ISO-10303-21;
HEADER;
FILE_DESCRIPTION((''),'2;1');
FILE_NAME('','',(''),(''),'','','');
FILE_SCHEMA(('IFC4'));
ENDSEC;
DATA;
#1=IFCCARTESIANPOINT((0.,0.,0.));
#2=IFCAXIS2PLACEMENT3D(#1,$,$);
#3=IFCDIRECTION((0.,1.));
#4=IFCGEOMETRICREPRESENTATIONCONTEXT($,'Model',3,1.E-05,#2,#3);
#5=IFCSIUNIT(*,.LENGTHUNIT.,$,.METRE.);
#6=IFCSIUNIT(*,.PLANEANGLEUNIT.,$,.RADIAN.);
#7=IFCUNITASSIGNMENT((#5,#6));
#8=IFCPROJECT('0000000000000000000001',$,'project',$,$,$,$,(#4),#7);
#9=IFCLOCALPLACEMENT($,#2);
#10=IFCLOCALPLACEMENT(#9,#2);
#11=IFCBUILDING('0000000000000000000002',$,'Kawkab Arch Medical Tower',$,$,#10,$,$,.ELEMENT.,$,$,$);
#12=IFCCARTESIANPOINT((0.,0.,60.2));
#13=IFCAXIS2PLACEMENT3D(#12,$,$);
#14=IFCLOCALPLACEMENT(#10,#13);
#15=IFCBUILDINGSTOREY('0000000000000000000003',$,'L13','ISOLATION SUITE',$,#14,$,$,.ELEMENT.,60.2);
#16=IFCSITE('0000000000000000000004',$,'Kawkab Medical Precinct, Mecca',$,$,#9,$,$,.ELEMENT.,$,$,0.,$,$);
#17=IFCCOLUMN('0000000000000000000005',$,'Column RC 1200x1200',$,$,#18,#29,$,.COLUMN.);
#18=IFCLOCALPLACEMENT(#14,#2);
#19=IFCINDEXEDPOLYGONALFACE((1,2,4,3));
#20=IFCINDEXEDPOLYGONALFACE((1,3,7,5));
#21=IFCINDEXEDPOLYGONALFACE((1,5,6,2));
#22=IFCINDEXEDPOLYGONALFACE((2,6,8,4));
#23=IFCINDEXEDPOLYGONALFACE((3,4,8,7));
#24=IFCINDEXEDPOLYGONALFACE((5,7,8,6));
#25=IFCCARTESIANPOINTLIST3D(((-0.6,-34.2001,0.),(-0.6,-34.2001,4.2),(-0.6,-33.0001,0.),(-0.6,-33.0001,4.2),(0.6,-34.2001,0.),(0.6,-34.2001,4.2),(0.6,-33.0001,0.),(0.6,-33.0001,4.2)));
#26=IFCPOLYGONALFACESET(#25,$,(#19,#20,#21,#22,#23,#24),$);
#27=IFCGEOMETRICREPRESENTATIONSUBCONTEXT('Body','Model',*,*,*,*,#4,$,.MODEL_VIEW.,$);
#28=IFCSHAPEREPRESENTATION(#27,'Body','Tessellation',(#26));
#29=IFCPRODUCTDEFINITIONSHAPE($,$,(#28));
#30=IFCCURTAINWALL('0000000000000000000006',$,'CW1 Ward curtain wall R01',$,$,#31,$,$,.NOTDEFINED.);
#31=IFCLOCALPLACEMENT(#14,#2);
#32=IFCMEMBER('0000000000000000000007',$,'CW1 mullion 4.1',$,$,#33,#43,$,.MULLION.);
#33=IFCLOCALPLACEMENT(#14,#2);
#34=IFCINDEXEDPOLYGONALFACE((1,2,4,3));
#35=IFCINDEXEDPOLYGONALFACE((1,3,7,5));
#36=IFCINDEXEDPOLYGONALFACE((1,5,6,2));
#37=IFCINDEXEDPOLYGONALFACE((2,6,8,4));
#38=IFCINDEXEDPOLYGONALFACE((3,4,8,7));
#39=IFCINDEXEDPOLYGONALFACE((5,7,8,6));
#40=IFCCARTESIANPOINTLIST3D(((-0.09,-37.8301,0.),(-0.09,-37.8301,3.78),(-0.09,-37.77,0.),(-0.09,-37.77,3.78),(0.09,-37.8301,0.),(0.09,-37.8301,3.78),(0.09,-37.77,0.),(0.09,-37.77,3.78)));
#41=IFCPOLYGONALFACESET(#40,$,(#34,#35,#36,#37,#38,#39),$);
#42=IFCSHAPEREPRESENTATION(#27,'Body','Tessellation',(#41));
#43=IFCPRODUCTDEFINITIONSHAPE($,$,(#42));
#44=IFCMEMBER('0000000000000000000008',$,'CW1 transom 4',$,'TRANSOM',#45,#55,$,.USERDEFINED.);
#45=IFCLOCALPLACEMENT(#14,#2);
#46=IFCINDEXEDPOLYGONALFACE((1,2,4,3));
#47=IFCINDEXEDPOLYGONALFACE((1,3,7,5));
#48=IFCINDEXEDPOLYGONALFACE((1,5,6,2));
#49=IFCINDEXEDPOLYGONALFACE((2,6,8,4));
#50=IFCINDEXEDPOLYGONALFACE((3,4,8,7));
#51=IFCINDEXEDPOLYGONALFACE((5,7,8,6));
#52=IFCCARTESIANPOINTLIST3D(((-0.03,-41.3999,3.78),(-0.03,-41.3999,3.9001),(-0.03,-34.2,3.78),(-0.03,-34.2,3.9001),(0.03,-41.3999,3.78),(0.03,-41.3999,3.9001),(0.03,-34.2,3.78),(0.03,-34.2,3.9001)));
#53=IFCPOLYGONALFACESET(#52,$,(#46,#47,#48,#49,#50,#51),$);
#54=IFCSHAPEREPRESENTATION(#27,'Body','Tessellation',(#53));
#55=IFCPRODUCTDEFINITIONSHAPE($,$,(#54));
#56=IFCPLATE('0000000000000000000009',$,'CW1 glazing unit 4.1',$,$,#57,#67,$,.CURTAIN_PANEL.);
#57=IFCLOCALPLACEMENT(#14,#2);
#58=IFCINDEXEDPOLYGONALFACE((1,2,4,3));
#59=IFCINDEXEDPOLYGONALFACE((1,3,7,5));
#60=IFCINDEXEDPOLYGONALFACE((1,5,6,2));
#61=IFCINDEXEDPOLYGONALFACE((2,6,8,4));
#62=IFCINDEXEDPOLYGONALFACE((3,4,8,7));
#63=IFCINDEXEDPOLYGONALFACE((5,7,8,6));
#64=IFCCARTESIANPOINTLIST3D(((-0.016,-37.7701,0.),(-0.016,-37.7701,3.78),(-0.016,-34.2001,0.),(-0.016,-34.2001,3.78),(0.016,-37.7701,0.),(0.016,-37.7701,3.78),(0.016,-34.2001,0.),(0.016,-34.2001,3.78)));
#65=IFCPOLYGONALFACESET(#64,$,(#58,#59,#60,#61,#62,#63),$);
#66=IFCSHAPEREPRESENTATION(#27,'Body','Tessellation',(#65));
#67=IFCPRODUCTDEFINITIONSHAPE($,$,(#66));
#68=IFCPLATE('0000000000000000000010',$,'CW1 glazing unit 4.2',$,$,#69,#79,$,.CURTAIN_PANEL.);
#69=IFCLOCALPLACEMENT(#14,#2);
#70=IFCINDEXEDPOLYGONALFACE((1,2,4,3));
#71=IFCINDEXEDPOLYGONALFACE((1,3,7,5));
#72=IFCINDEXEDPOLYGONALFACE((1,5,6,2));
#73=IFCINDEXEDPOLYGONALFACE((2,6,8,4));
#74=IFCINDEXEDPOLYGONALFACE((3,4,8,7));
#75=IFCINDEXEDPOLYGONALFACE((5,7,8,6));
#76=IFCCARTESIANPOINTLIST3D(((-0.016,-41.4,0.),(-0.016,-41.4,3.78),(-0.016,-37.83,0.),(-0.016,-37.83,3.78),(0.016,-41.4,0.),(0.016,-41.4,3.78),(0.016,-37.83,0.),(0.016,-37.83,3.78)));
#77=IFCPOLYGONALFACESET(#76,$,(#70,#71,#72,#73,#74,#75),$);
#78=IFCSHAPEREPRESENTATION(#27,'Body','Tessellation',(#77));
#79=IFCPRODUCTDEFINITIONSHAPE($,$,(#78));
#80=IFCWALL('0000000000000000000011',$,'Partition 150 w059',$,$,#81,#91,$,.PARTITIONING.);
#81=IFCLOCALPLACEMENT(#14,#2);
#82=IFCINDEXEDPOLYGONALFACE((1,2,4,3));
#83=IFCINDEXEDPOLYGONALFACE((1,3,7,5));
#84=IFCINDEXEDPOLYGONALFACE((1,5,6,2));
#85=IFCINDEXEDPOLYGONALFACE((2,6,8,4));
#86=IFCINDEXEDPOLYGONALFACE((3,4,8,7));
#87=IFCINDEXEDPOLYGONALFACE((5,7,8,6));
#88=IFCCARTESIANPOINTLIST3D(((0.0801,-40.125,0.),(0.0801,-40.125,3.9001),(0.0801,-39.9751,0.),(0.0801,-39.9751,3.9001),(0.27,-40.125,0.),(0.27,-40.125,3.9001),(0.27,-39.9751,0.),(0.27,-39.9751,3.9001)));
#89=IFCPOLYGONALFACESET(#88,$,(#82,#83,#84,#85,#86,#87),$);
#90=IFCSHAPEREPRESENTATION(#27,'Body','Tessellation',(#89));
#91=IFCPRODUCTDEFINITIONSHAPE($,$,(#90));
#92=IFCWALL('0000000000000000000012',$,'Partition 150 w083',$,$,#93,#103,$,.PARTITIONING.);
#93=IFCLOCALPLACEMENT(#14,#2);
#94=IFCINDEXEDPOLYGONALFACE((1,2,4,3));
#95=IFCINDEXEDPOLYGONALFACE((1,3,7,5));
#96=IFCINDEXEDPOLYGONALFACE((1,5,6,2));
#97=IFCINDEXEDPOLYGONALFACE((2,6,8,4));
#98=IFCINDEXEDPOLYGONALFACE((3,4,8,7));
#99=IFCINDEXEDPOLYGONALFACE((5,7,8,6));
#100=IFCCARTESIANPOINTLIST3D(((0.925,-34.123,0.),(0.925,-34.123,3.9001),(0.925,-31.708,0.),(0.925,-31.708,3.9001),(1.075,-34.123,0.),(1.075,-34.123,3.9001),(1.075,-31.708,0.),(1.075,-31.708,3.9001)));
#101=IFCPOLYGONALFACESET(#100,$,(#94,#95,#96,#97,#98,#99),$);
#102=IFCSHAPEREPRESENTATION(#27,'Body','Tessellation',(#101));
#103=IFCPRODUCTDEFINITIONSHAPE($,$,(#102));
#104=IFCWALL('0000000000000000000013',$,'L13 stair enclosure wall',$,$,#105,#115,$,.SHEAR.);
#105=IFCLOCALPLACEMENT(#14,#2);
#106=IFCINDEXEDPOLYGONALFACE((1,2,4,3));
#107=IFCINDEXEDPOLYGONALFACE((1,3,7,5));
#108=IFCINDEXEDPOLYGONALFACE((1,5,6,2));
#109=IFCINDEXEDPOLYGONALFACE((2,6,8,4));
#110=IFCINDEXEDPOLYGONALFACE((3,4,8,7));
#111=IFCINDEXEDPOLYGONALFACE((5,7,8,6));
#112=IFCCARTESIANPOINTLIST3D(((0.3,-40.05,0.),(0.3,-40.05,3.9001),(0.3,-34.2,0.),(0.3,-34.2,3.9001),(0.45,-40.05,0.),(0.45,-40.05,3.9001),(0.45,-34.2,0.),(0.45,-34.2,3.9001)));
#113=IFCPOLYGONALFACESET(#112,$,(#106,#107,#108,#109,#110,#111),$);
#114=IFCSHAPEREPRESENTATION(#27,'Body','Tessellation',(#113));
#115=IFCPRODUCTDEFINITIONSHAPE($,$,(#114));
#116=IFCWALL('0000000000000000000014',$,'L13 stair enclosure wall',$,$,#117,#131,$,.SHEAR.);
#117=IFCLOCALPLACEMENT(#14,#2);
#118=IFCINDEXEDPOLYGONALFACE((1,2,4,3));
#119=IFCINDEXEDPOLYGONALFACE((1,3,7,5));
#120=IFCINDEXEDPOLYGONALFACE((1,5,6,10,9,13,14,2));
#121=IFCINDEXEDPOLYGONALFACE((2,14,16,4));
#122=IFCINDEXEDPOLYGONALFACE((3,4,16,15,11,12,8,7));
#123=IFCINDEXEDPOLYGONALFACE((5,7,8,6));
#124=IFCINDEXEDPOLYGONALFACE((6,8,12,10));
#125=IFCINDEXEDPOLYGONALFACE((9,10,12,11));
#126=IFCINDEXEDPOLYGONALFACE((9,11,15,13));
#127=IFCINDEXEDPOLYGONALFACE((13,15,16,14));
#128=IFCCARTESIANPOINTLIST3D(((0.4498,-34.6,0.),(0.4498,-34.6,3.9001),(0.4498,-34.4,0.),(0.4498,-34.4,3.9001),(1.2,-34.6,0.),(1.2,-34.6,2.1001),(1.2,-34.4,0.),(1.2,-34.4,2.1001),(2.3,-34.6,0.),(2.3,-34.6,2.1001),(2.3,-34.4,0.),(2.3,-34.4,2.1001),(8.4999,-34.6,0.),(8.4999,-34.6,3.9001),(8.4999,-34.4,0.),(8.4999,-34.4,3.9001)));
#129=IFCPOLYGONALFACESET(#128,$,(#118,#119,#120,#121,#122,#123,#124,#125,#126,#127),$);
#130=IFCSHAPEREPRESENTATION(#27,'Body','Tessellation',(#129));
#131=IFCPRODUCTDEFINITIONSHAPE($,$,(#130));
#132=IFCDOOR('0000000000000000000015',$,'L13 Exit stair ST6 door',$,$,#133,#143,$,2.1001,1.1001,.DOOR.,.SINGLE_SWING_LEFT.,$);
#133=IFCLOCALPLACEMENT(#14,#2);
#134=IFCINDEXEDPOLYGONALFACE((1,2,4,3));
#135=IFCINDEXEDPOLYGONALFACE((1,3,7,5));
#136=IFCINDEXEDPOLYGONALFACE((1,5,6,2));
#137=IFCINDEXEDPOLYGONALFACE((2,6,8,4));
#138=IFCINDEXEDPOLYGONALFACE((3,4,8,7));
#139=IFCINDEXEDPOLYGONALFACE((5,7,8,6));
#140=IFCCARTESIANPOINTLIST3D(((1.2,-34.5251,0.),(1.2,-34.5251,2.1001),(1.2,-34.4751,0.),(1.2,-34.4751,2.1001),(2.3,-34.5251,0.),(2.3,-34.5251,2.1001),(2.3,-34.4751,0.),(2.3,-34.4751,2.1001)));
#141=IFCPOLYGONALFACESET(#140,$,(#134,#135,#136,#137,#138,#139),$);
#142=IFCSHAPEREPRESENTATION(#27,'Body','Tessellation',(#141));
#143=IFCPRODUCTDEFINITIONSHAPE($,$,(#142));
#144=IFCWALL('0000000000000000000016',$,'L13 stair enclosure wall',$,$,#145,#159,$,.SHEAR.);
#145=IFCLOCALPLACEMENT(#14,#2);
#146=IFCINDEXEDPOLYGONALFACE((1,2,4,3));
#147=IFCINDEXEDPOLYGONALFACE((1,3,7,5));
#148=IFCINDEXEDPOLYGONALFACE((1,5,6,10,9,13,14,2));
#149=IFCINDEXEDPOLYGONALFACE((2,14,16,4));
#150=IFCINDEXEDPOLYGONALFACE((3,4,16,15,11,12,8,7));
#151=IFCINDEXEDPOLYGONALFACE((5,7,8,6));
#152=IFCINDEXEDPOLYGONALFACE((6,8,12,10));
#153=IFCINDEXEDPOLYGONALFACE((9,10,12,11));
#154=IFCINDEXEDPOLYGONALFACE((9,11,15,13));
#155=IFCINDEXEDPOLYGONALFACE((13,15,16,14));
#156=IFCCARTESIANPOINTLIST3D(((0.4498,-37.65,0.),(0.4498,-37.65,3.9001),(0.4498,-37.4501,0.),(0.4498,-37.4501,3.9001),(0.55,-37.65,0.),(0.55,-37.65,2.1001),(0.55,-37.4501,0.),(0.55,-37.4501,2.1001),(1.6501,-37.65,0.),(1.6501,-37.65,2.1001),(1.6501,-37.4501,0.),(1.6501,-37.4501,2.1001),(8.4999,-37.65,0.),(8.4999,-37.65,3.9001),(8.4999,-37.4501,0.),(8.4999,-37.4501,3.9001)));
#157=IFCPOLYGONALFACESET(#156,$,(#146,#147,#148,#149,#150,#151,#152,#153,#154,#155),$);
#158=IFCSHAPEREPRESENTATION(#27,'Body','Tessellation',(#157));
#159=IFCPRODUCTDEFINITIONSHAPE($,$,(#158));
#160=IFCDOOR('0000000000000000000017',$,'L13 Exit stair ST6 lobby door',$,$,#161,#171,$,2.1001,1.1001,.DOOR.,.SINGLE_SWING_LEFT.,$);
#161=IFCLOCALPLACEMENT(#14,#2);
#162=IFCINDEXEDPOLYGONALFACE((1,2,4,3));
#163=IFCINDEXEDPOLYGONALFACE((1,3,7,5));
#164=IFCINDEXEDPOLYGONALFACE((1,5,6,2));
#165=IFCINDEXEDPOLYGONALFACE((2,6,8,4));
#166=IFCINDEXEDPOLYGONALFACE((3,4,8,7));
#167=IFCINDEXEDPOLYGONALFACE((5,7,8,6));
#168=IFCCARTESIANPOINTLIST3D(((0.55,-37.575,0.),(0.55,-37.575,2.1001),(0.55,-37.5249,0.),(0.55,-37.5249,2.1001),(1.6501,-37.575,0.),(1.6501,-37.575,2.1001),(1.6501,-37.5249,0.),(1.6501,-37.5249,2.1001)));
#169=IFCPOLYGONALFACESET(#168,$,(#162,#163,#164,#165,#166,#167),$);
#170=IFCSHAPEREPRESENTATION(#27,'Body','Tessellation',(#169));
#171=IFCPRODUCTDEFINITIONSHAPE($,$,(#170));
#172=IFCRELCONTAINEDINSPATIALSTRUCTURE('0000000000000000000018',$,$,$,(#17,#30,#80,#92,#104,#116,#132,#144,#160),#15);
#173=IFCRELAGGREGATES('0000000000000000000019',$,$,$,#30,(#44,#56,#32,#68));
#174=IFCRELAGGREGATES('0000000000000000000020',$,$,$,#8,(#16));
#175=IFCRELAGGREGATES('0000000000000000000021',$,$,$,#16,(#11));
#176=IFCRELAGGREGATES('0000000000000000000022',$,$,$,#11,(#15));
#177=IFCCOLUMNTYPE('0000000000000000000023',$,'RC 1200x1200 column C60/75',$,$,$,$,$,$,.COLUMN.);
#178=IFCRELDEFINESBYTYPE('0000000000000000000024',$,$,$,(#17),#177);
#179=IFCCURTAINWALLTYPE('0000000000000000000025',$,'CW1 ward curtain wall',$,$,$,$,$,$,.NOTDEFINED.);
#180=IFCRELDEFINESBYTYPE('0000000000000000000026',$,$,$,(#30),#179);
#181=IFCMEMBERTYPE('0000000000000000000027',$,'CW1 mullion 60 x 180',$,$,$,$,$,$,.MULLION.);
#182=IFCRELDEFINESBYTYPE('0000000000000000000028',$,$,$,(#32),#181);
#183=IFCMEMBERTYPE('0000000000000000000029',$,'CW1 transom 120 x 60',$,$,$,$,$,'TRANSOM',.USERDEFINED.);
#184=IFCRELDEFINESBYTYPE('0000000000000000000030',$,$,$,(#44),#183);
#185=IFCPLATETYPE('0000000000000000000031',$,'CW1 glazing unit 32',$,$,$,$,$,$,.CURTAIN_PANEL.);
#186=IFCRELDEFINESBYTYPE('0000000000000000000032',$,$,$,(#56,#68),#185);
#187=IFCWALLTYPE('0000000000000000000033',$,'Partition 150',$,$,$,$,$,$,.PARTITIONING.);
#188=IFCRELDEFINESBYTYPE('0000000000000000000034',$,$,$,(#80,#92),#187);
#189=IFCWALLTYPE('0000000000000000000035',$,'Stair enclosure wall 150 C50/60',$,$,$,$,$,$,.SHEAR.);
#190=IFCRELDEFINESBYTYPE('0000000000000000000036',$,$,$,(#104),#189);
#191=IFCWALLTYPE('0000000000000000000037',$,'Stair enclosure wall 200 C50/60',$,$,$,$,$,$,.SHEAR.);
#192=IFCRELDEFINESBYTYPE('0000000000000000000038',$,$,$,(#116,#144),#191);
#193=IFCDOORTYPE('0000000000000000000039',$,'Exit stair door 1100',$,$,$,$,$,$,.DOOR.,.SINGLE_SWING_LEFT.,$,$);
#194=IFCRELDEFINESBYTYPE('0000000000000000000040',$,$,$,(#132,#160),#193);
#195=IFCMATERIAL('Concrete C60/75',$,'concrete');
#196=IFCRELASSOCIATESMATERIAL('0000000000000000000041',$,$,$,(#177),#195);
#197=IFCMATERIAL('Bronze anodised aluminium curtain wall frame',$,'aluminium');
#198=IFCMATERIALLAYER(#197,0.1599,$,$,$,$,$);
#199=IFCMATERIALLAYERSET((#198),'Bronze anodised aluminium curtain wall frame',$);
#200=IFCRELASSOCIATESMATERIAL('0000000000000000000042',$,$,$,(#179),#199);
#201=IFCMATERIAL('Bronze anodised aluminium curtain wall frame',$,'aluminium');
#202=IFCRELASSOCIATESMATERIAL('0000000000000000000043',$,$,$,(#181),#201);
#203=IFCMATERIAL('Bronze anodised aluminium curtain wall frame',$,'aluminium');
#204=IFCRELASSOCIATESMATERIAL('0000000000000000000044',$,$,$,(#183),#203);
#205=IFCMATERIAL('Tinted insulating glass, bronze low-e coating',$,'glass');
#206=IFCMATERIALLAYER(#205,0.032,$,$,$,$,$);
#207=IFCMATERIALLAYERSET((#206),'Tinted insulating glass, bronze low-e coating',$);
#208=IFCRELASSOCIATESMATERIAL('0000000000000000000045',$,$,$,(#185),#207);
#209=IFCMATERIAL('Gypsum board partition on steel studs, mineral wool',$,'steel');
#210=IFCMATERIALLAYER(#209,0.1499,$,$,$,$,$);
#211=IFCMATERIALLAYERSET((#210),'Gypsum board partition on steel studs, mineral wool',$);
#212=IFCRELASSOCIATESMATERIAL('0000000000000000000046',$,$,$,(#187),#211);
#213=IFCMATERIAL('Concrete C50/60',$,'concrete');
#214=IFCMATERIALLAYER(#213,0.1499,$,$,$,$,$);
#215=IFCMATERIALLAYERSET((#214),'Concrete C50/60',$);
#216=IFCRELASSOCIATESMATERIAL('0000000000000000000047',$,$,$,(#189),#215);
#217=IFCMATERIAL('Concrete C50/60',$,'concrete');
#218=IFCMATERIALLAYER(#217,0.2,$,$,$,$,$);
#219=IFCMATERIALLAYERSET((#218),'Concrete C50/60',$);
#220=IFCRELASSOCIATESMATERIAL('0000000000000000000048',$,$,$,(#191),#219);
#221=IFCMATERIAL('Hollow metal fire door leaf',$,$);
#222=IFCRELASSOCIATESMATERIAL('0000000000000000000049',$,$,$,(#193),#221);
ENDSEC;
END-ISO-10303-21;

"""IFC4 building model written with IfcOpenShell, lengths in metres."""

from ifc_helpers import new_model, si_unit, direction, frame, frame_2d, origin, origin_2d, place, context, subcontext, project, spatial, rectangle, extrude, material, layer, layer_set, material_profile, profile_set, type_object, element, fill, aggregate, save


model = new_model("IFC4")

# Units and contexts
model_context = context("Model", 3, precision=1e-05, world=origin(), true_north=direction((0.0, 1.0)))
body_context = subcontext(model_context, "Body", "Model", "MODEL_VIEW")
ifc_project = project(units=[si_unit("LENGTHUNIT", "METRE"), si_unit("PLANEANGLEUNIT", "RADIAN")], contexts=[model_context])

# Site, building, storey
site_placement = place(None, origin())
site = spatial("IfcSite", under=ifc_project, at=site_placement, Name="Kawkab Medical Precinct, Mecca", CompositionType="ELEMENT", RefElevation=0.0)
building_placement = place(site_placement, origin())
building = spatial("IfcBuilding", under=site, at=building_placement, Name="Kawkab Arch Medical Tower", CompositionType="ELEMENT")
storey_placement = place(building_placement, frame((0.0, 0.0, 60.2)))
storey = spatial("IfcBuildingStorey", under=building, at=storey_placement, Name="L13", Description="ISOLATION SUITE", CompositionType="ELEMENT", Elevation=60.2)

# Column
ifc_material_1 = material(Name="Concrete C60/75", Category="concrete")
ifc_material_profile_1 = material_profile(ifc_material_1, rectangle(XDim=1.2, YDim=1.2, at=origin_2d()), Name="RC 1200x1200")
ifc_profile_set_1 = profile_set([ifc_material_profile_1], Name="Concrete C60/75")
column_type = type_object("IfcColumnType", Name="RC 1200x1200 column C60/75", PredefinedType="COLUMN", material=ifc_profile_set_1)
column_placement = place(storey_placement, frame((0.0, -33.6001, 0.0), z_axis=(0.0, 0.0, 1.0), x_axis=(1.0, 0.0, 0.0)))
element("IfcColumn", 1, at=column_placement, inside=storey, type_object=column_type, Name="Column RC 1200x1200", PredefinedType="COLUMN", context=body_context, shape_type="SweptSolid", body=[
    extrude(rectangle(XDim=1.2, YDim=1.2, at=origin_2d()), origin(), (0.0, 0.0, 1.0), 4.2),
])

# Curtain wall, members, plates
ifc_material_2 = material(Name="Bronze anodised aluminium curtain wall frame", Category="aluminium")
ifc_layer_1 = layer(ifc_material_2, 0.1599)
ifc_layer_set_1 = layer_set([ifc_layer_1], Name="Bronze anodised aluminium curtain wall frame")
curtain_wall_type = type_object("IfcCurtainWallType", Name="CW1 ward curtain wall", PredefinedType="NOTDEFINED", material=ifc_layer_set_1)
curtain_wall_placement = place(storey_placement, origin())
curtain_wall = element("IfcCurtainWall", 2, at=curtain_wall_placement, inside=storey, type_object=curtain_wall_type, Name="CW1 Ward curtain wall R01", PredefinedType="NOTDEFINED")
ifc_material_3 = material(Name="Bronze anodised aluminium curtain wall frame", Category="aluminium")
ifc_material_profile_2 = material_profile(ifc_material_3, rectangle(XDim=0.1799, YDim=0.0601, at=origin_2d()), Name="AL 60x180")
ifc_profile_set_2 = profile_set([ifc_material_profile_2], Name="Bronze anodised aluminium curtain wall frame")
member_type_1 = type_object("IfcMemberType", Name="CW1 mullion 60 x 180", PredefinedType="MULLION", material=ifc_profile_set_2)
member_1_placement = place(storey_placement, frame((0.0, -37.8, 0.0), z_axis=(0.0, 0.0, 1.0), x_axis=(1.0, 0.0, 0.0)))
member_1 = element("IfcMember", 3, at=member_1_placement, type_object=member_type_1, Name="CW1 mullion 4.1", PredefinedType="MULLION", context=body_context, shape_type="SweptSolid", body=[
    extrude(rectangle(XDim=0.1799, YDim=0.0601, at=origin_2d()), origin(), (0.0, 0.0, 1.0), 3.78),
])
ifc_material_4 = material(Name="Bronze anodised aluminium curtain wall frame", Category="aluminium")
ifc_material_profile_3 = material_profile(ifc_material_4, rectangle(XDim=0.0601, YDim=0.1201, at=origin_2d()), Name="AL 60x120")
ifc_profile_set_3 = profile_set([ifc_material_profile_3], Name="Bronze anodised aluminium curtain wall frame")
member_type_2 = type_object("IfcMemberType", Name="CW1 transom 120 x 60", ElementType="TRANSOM", PredefinedType="USERDEFINED", material=ifc_profile_set_3)
member_2_placement = place(storey_placement, frame((0.0, -34.2, 3.8401), z_axis=(0.0, -1.0, 0.0), x_axis=(1.0, 0.0, 0.0)))
member_2 = element("IfcMember", 4, at=member_2_placement, type_object=member_type_2, Name="CW1 transom 4", ObjectType="TRANSOM", PredefinedType="USERDEFINED", context=body_context, shape_type="SweptSolid", body=[
    extrude(rectangle(XDim=0.0601, YDim=0.1201, at=origin_2d()), origin(), (0.0, 0.0, 1.0), 7.2),
])
ifc_material_5 = material(Name="Tinted insulating glass, bronze low-e coating", Category="glass")
ifc_layer_2 = layer(ifc_material_5, 0.032)
ifc_layer_set_2 = layer_set([ifc_layer_2], Name="Tinted insulating glass, bronze low-e coating")
plate_type = type_object("IfcPlateType", Name="CW1 glazing unit 32", PredefinedType="CURTAIN_PANEL", material=ifc_layer_set_2)
plate_1_placement = place(storey_placement, frame((0.0, -35.9851, 0.0), z_axis=(0.0, 0.0, 1.0), x_axis=(0.0, -1.0, 0.0)))
plate_1 = element("IfcPlate", 5, at=plate_1_placement, type_object=plate_type, Name="CW1 glazing unit 4.1", PredefinedType="CURTAIN_PANEL", context=body_context, shape_type="SweptSolid", body=[
    extrude(rectangle(XDim=3.5701, YDim=0.032, at=origin_2d()), origin(), (0.0, 0.0, 1.0), 3.78),
])
plate_2_placement = place(storey_placement, frame((0.0, -39.615, 0.0), z_axis=(0.0, 0.0, 1.0), x_axis=(0.0, -1.0, 0.0)))
plate_2 = element("IfcPlate", 6, at=plate_2_placement, type_object=plate_type, Name="CW1 glazing unit 4.2", PredefinedType="CURTAIN_PANEL", context=body_context, shape_type="SweptSolid", body=[
    extrude(rectangle(XDim=3.5701, YDim=0.032, at=origin_2d()), origin(), (0.0, 0.0, 1.0), 3.78),
])
aggregate(curtain_wall, [member_2, plate_1, member_1, plate_2])

# Walls
ifc_material_6 = material(Name="Gypsum board partition on steel studs, mineral wool", Category="steel")
ifc_layer_3 = layer(ifc_material_6, 0.1499)
ifc_layer_set_3 = layer_set([ifc_layer_3], Name="Gypsum board partition on steel studs, mineral wool")
wall_type_1 = type_object("IfcWallType", Name="Partition 150", PredefinedType="PARTITIONING", material=ifc_layer_set_3)
wall_1_placement = place(storey_placement, frame((0.0801, -40.05, 0.0), z_axis=(0.0, 0.0, 1.0), x_axis=(1.0, 0.0, 0.0)))
element("IfcWall", 7, at=wall_1_placement, inside=storey, type_object=wall_type_1, Name="Partition 150 w059", PredefinedType="PARTITIONING", context=body_context, shape_type="SweptSolid", body=[
    extrude(rectangle(XDim=0.1899, YDim=0.1499, at=frame_2d((0.095, 0.0))), origin(), (0.0, 0.0, 1.0), 3.9001),
])
wall_2_placement = place(storey_placement, frame((1.0, -34.123, 0.0), z_axis=(0.0, 0.0, 1.0), x_axis=(0.0, 1.0, 0.0)))
element("IfcWall", 8, at=wall_2_placement, inside=storey, type_object=wall_type_1, Name="Partition 150 w083", PredefinedType="PARTITIONING", context=body_context, shape_type="SweptSolid", body=[
    extrude(rectangle(XDim=2.415, YDim=0.1499, at=frame_2d((1.2075, 0.0))), origin(), (0.0, 0.0, 1.0), 3.9001),
])
ifc_material_7 = material(Name="Concrete C50/60", Category="concrete")
ifc_layer_4 = layer(ifc_material_7, 0.1499)
ifc_layer_set_4 = layer_set([ifc_layer_4], Name="Concrete C50/60")
wall_type_2 = type_object("IfcWallType", Name="Stair enclosure wall 150 C50/60", PredefinedType="SHEAR", material=ifc_layer_set_4)
wall_3_placement = place(storey_placement, frame((0.375, -40.05, 0.0), z_axis=(0.0, 0.0, 1.0), x_axis=(0.0, 1.0, 0.0)))
element("IfcWall", 9, at=wall_3_placement, inside=storey, type_object=wall_type_2, Name="L13 stair enclosure wall", PredefinedType="SHEAR", context=body_context, shape_type="SweptSolid", body=[
    extrude(rectangle(XDim=5.8501, YDim=0.1499, at=frame_2d((2.925, 0.0))), origin(), (0.0, 0.0, 1.0), 3.9001),
])

# Walls, openings, doors
ifc_material_8 = material(Name="Concrete C50/60", Category="concrete")
ifc_layer_5 = layer(ifc_material_8, 0.2)
ifc_layer_set_5 = layer_set([ifc_layer_5], Name="Concrete C50/60")
wall_type_3 = type_object("IfcWallType", Name="Stair enclosure wall 200 C50/60", PredefinedType="SHEAR", material=ifc_layer_set_5)
wall_4_placement = place(storey_placement, frame((0.45, -34.5, 0.0), z_axis=(0.0, 0.0, 1.0), x_axis=(1.0, 0.0, 0.0)))
wall_4 = element("IfcWall", 10, at=wall_4_placement, inside=storey, type_object=wall_type_3, Name="L13 stair enclosure wall", PredefinedType="SHEAR", context=body_context, shape_type="SweptSolid", body=[
    extrude(rectangle(XDim=8.05, YDim=0.2, at=frame_2d((4.0249, 0.0))), origin(), (0.0, 0.0, 1.0), 3.9001),
])
opening_1_placement = place(wall_4_placement, frame((0.75, 0.0, 0.0)))
opening_1 = element("IfcOpeningElement", 11, at=opening_1_placement, cuts=wall_4, PredefinedType="OPENING", context=body_context, shape_type="SweptSolid", body=[
    extrude(rectangle(XDim=1.1001, YDim=2.1001, at=frame_2d((0.55, 1.05))), frame((0.0, 0.1099, 0.0), z_axis=(0.0, -1.0, 0.0), x_axis=(1.0, 0.0, 0.0)), (0.0, 0.0, 1.0), 0.22),
])
ifc_material_9 = material(Name="Hollow metal fire door leaf")
door_type_1 = type_object("IfcDoorType", Name="Exit stair door 1100", OperationType="SINGLE_SWING_LEFT", PredefinedType="DOOR", material=ifc_material_9)
door_1_placement = place(opening_1_placement, origin())
door_1 = element("IfcDoor", 12, at=door_1_placement, inside=storey, type_object=door_type_1, Name="L13 Exit stair ST6 door", OperationType="SINGLE_SWING_LEFT", OverallHeight=2.1001, OverallWidth=1.1001, PredefinedType="DOOR", context=body_context, shape_type="SweptSolid", body=[
    extrude(rectangle(XDim=1.1001, YDim=2.1001, at=frame_2d((0.55, 1.05))), frame((0.0, 0.0249, 0.0), z_axis=(0.0, -1.0, 0.0), x_axis=(1.0, 0.0, 0.0)), (0.0, 0.0, 1.0), 0.05),
])
fill(opening_1, door_1)
wall_5_placement = place(storey_placement, frame((0.45, -37.55, 0.0), z_axis=(0.0, 0.0, 1.0), x_axis=(1.0, 0.0, 0.0)))
wall_5 = element("IfcWall", 13, at=wall_5_placement, inside=storey, type_object=wall_type_3, Name="L13 stair enclosure wall", PredefinedType="SHEAR", context=body_context, shape_type="SweptSolid", body=[
    extrude(rectangle(XDim=8.05, YDim=0.2, at=frame_2d((4.0249, 0.0))), origin(), (0.0, 0.0, 1.0), 3.9001),
])
opening_2_placement = place(wall_5_placement, frame((0.1001, 0.0, 0.0)))
opening_2 = element("IfcOpeningElement", 14, at=opening_2_placement, cuts=wall_5, PredefinedType="OPENING", context=body_context, shape_type="SweptSolid", body=[
    extrude(rectangle(XDim=1.1001, YDim=2.1001, at=frame_2d((0.55, 1.05))), frame((0.0, 0.1099, 0.0), z_axis=(0.0, -1.0, 0.0), x_axis=(1.0, 0.0, 0.0)), (0.0, 0.0, 1.0), 0.22),
])
door_2_placement = place(opening_2_placement, frame((1.1001, 0.0, 0.0), z_axis=(0.0, 0.0, 1.0), x_axis=(-1.0, 0.0, 0.0)))
door_2 = element("IfcDoor", 15, at=door_2_placement, inside=storey, type_object=door_type_1, Name="L13 Exit stair ST6 lobby door", OperationType="SINGLE_SWING_LEFT", OverallHeight=2.1001, OverallWidth=1.1001, PredefinedType="DOOR", context=body_context, shape_type="SweptSolid", body=[
    extrude(rectangle(XDim=1.1001, YDim=2.1001, at=frame_2d((0.55, 1.05))), frame((0.0, 0.0249, 0.0), z_axis=(0.0, -1.0, 0.0), x_axis=(1.0, 0.0, 0.0)), (0.0, 0.0, 1.0), 0.05),
])
fill(opening_2, door_2)

save(model, "model.ifc")
